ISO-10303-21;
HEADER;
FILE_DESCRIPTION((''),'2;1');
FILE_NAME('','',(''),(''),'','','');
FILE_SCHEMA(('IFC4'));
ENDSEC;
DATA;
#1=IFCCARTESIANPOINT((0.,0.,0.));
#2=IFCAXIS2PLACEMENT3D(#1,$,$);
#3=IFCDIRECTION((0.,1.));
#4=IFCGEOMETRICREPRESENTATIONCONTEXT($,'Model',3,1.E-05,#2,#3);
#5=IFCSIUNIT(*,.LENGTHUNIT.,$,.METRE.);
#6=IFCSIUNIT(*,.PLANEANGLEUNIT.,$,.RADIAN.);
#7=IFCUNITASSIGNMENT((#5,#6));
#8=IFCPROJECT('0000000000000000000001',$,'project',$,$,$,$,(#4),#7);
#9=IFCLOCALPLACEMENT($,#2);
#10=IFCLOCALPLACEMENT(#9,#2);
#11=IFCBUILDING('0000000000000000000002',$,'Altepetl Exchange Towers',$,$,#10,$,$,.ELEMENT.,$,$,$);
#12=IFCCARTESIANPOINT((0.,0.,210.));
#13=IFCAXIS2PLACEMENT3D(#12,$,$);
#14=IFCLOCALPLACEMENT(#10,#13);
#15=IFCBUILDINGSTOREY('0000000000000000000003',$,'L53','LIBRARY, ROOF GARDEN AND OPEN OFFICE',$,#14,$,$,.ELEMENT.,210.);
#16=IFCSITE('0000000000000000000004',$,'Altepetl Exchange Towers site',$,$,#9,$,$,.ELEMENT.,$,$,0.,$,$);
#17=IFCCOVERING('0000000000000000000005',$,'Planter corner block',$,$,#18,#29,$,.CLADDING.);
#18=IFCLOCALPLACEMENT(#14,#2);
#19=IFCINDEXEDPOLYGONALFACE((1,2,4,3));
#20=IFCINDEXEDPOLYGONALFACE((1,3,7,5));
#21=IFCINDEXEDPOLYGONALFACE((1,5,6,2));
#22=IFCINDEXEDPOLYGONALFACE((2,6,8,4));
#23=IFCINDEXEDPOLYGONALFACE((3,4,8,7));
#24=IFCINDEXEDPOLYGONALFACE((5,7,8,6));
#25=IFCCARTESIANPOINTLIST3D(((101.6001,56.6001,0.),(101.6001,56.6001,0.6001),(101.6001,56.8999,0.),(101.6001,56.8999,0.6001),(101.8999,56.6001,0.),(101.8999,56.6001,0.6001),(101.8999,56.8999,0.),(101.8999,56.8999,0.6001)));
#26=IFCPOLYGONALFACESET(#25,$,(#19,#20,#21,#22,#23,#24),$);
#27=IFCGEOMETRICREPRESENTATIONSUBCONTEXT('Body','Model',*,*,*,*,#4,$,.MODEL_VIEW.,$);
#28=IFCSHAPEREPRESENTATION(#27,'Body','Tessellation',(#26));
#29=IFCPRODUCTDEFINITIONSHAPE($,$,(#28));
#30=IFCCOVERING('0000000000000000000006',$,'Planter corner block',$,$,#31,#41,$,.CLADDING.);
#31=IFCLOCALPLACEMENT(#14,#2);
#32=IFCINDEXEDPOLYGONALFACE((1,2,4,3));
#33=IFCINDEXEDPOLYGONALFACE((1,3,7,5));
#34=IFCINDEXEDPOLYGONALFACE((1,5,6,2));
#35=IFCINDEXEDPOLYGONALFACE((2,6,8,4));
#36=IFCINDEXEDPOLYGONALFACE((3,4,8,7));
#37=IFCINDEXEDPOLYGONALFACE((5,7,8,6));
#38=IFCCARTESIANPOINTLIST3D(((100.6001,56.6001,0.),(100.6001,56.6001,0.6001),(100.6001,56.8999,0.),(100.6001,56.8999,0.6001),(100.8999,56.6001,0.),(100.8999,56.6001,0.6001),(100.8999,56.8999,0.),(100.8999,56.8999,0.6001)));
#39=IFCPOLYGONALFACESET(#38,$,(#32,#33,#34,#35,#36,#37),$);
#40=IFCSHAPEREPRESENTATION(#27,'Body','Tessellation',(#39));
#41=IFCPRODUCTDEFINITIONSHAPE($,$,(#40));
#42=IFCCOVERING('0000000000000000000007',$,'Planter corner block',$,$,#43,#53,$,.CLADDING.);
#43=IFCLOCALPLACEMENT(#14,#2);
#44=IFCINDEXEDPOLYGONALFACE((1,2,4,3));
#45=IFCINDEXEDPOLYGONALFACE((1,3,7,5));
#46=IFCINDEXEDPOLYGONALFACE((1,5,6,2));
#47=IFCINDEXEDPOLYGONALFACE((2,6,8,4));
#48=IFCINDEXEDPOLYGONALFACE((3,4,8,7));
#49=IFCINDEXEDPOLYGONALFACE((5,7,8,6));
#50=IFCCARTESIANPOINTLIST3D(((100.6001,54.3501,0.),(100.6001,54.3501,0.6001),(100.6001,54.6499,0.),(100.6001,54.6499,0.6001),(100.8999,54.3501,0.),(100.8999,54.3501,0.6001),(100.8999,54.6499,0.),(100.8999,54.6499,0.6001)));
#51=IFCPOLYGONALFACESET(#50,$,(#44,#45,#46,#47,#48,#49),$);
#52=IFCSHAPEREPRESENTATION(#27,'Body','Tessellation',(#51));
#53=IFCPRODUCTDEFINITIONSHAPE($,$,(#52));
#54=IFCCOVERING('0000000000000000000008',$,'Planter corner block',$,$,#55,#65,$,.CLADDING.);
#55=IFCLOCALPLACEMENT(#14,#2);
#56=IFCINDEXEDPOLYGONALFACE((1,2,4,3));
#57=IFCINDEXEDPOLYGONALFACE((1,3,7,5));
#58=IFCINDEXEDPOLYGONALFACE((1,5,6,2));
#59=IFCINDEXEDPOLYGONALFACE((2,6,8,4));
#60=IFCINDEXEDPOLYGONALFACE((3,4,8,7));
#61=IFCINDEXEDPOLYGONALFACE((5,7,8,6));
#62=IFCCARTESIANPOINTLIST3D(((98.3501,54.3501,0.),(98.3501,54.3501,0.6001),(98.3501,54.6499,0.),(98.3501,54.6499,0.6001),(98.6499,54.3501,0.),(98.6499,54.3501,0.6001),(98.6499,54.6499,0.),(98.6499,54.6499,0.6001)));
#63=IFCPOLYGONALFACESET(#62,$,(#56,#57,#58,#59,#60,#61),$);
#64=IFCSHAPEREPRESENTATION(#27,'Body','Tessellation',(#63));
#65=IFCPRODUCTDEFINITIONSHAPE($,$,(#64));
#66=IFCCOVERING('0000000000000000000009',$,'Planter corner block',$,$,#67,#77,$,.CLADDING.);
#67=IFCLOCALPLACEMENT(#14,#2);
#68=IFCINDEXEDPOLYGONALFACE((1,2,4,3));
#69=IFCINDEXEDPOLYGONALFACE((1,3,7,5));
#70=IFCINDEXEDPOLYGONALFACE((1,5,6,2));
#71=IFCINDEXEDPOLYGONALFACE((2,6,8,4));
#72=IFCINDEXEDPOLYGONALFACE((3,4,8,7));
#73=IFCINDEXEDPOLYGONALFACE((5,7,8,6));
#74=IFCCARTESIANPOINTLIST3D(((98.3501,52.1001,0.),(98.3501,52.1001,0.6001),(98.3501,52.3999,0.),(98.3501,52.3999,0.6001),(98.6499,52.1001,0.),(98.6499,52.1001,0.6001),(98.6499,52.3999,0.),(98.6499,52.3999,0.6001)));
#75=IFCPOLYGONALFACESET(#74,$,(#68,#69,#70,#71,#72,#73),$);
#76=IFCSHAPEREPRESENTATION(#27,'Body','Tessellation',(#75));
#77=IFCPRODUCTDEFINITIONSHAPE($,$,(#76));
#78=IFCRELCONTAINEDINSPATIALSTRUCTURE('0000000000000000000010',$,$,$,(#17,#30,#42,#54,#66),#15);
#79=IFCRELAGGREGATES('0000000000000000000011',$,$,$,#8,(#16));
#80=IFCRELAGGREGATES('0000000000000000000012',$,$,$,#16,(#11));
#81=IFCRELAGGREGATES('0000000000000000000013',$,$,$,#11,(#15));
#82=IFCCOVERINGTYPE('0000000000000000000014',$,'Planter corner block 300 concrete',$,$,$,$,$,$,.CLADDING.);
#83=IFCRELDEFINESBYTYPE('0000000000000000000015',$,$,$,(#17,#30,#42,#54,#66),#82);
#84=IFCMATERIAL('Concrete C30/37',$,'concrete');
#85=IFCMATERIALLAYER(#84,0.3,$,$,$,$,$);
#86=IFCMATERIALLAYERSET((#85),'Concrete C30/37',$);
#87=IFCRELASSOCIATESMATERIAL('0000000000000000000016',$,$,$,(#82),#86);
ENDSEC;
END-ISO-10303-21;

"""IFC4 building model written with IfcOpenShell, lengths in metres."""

from ifc_helpers import new_model, si_unit, direction, frame, origin, place, context, subcontext, project, spatial, polyline, outline, extrude, material, layer, layer_set, type_object, element, save


model = new_model("IFC4")

# Units and contexts
model_context = context("Model", 3, precision=1e-05, world=origin(), true_north=direction((0.0, 1.0)))
body_context = subcontext(model_context, "Body", "Model", "MODEL_VIEW")
ifc_project = project(units=[si_unit("LENGTHUNIT", "METRE"), si_unit("PLANEANGLEUNIT", "RADIAN")], contexts=[model_context])

# Site, building, storey
site_placement = place(None, origin())
site = spatial("IfcSite", under=ifc_project, at=site_placement, Name="Altepetl Exchange Towers site", CompositionType="ELEMENT", RefElevation=0.0)
building_placement = place(site_placement, origin())
building = spatial("IfcBuilding", under=site, at=building_placement, Name="Altepetl Exchange Towers", CompositionType="ELEMENT")
storey_placement = place(building_placement, frame((0.0, 0.0, 210.0)))
storey = spatial("IfcBuildingStorey", under=building, at=storey_placement, Name="L53", Description="LIBRARY, ROOF GARDEN AND OPEN OFFICE", CompositionType="ELEMENT", Elevation=210.0)

# Coverings
ifc_material_1 = material(Name="Concrete C30/37", Category="concrete")
ifc_layer_1 = layer(ifc_material_1, 0.3)
ifc_layer_set_1 = layer_set([ifc_layer_1], Name="Concrete C30/37")
covering_type = type_object("IfcCoveringType", Name="Planter corner block 300 concrete", PredefinedType="CLADDING", material=ifc_layer_set_1)
covering_1_placement = place(storey_placement, origin())
element("IfcCovering", 1, at=covering_1_placement, inside=storey, type_object=covering_type, Name="Planter corner block", PredefinedType="CLADDING", context=body_context, shape_type="SweptSolid", body=[
    extrude(outline(polyline([(101.6001, 56.6001), (101.8999, 56.6001), (101.8999, 56.8999), (101.6001, 56.8999), (101.6001, 56.6001)])), origin(), (0.0, 0.0, 1.0), 0.6001),
])
covering_2_placement = place(storey_placement, origin())
element("IfcCovering", 2, at=covering_2_placement, inside=storey, type_object=covering_type, Name="Planter corner block", PredefinedType="CLADDING", context=body_context, shape_type="SweptSolid", body=[
    extrude(outline(polyline([(100.8999, 56.6001), (100.8999, 56.8999), (100.6001, 56.8999), (100.6001, 56.6001), (100.8999, 56.6001)])), origin(), (0.0, 0.0, 1.0), 0.6001),
])
covering_3_placement = place(storey_placement, origin())
element("IfcCovering", 3, at=covering_3_placement, inside=storey, type_object=covering_type, Name="Planter corner block", PredefinedType="CLADDING", context=body_context, shape_type="SweptSolid", body=[
    extrude(outline(polyline([(100.6001, 54.3501), (100.8999, 54.3501), (100.8999, 54.6499), (100.6001, 54.6499), (100.6001, 54.3501)])), origin(), (0.0, 0.0, 1.0), 0.6001),
])
covering_4_placement = place(storey_placement, origin())
element("IfcCovering", 4, at=covering_4_placement, inside=storey, type_object=covering_type, Name="Planter corner block", PredefinedType="CLADDING", context=body_context, shape_type="SweptSolid", body=[
    extrude(outline(polyline([(98.6499, 54.3501), (98.6499, 54.6499), (98.3501, 54.6499), (98.3501, 54.3501), (98.6499, 54.3501)])), origin(), (0.0, 0.0, 1.0), 0.6001),
])
covering_5_placement = place(storey_placement, origin())
element("IfcCovering", 5, at=covering_5_placement, inside=storey, type_object=covering_type, Name="Planter corner block", PredefinedType="CLADDING", context=body_context, shape_type="SweptSolid", body=[
    extrude(outline(polyline([(98.3501, 52.1001), (98.6499, 52.1001), (98.6499, 52.3999), (98.3501, 52.3999), (98.3501, 52.1001)])), origin(), (0.0, 0.0, 1.0), 0.6001),
])

save(model, "model.ifc")
